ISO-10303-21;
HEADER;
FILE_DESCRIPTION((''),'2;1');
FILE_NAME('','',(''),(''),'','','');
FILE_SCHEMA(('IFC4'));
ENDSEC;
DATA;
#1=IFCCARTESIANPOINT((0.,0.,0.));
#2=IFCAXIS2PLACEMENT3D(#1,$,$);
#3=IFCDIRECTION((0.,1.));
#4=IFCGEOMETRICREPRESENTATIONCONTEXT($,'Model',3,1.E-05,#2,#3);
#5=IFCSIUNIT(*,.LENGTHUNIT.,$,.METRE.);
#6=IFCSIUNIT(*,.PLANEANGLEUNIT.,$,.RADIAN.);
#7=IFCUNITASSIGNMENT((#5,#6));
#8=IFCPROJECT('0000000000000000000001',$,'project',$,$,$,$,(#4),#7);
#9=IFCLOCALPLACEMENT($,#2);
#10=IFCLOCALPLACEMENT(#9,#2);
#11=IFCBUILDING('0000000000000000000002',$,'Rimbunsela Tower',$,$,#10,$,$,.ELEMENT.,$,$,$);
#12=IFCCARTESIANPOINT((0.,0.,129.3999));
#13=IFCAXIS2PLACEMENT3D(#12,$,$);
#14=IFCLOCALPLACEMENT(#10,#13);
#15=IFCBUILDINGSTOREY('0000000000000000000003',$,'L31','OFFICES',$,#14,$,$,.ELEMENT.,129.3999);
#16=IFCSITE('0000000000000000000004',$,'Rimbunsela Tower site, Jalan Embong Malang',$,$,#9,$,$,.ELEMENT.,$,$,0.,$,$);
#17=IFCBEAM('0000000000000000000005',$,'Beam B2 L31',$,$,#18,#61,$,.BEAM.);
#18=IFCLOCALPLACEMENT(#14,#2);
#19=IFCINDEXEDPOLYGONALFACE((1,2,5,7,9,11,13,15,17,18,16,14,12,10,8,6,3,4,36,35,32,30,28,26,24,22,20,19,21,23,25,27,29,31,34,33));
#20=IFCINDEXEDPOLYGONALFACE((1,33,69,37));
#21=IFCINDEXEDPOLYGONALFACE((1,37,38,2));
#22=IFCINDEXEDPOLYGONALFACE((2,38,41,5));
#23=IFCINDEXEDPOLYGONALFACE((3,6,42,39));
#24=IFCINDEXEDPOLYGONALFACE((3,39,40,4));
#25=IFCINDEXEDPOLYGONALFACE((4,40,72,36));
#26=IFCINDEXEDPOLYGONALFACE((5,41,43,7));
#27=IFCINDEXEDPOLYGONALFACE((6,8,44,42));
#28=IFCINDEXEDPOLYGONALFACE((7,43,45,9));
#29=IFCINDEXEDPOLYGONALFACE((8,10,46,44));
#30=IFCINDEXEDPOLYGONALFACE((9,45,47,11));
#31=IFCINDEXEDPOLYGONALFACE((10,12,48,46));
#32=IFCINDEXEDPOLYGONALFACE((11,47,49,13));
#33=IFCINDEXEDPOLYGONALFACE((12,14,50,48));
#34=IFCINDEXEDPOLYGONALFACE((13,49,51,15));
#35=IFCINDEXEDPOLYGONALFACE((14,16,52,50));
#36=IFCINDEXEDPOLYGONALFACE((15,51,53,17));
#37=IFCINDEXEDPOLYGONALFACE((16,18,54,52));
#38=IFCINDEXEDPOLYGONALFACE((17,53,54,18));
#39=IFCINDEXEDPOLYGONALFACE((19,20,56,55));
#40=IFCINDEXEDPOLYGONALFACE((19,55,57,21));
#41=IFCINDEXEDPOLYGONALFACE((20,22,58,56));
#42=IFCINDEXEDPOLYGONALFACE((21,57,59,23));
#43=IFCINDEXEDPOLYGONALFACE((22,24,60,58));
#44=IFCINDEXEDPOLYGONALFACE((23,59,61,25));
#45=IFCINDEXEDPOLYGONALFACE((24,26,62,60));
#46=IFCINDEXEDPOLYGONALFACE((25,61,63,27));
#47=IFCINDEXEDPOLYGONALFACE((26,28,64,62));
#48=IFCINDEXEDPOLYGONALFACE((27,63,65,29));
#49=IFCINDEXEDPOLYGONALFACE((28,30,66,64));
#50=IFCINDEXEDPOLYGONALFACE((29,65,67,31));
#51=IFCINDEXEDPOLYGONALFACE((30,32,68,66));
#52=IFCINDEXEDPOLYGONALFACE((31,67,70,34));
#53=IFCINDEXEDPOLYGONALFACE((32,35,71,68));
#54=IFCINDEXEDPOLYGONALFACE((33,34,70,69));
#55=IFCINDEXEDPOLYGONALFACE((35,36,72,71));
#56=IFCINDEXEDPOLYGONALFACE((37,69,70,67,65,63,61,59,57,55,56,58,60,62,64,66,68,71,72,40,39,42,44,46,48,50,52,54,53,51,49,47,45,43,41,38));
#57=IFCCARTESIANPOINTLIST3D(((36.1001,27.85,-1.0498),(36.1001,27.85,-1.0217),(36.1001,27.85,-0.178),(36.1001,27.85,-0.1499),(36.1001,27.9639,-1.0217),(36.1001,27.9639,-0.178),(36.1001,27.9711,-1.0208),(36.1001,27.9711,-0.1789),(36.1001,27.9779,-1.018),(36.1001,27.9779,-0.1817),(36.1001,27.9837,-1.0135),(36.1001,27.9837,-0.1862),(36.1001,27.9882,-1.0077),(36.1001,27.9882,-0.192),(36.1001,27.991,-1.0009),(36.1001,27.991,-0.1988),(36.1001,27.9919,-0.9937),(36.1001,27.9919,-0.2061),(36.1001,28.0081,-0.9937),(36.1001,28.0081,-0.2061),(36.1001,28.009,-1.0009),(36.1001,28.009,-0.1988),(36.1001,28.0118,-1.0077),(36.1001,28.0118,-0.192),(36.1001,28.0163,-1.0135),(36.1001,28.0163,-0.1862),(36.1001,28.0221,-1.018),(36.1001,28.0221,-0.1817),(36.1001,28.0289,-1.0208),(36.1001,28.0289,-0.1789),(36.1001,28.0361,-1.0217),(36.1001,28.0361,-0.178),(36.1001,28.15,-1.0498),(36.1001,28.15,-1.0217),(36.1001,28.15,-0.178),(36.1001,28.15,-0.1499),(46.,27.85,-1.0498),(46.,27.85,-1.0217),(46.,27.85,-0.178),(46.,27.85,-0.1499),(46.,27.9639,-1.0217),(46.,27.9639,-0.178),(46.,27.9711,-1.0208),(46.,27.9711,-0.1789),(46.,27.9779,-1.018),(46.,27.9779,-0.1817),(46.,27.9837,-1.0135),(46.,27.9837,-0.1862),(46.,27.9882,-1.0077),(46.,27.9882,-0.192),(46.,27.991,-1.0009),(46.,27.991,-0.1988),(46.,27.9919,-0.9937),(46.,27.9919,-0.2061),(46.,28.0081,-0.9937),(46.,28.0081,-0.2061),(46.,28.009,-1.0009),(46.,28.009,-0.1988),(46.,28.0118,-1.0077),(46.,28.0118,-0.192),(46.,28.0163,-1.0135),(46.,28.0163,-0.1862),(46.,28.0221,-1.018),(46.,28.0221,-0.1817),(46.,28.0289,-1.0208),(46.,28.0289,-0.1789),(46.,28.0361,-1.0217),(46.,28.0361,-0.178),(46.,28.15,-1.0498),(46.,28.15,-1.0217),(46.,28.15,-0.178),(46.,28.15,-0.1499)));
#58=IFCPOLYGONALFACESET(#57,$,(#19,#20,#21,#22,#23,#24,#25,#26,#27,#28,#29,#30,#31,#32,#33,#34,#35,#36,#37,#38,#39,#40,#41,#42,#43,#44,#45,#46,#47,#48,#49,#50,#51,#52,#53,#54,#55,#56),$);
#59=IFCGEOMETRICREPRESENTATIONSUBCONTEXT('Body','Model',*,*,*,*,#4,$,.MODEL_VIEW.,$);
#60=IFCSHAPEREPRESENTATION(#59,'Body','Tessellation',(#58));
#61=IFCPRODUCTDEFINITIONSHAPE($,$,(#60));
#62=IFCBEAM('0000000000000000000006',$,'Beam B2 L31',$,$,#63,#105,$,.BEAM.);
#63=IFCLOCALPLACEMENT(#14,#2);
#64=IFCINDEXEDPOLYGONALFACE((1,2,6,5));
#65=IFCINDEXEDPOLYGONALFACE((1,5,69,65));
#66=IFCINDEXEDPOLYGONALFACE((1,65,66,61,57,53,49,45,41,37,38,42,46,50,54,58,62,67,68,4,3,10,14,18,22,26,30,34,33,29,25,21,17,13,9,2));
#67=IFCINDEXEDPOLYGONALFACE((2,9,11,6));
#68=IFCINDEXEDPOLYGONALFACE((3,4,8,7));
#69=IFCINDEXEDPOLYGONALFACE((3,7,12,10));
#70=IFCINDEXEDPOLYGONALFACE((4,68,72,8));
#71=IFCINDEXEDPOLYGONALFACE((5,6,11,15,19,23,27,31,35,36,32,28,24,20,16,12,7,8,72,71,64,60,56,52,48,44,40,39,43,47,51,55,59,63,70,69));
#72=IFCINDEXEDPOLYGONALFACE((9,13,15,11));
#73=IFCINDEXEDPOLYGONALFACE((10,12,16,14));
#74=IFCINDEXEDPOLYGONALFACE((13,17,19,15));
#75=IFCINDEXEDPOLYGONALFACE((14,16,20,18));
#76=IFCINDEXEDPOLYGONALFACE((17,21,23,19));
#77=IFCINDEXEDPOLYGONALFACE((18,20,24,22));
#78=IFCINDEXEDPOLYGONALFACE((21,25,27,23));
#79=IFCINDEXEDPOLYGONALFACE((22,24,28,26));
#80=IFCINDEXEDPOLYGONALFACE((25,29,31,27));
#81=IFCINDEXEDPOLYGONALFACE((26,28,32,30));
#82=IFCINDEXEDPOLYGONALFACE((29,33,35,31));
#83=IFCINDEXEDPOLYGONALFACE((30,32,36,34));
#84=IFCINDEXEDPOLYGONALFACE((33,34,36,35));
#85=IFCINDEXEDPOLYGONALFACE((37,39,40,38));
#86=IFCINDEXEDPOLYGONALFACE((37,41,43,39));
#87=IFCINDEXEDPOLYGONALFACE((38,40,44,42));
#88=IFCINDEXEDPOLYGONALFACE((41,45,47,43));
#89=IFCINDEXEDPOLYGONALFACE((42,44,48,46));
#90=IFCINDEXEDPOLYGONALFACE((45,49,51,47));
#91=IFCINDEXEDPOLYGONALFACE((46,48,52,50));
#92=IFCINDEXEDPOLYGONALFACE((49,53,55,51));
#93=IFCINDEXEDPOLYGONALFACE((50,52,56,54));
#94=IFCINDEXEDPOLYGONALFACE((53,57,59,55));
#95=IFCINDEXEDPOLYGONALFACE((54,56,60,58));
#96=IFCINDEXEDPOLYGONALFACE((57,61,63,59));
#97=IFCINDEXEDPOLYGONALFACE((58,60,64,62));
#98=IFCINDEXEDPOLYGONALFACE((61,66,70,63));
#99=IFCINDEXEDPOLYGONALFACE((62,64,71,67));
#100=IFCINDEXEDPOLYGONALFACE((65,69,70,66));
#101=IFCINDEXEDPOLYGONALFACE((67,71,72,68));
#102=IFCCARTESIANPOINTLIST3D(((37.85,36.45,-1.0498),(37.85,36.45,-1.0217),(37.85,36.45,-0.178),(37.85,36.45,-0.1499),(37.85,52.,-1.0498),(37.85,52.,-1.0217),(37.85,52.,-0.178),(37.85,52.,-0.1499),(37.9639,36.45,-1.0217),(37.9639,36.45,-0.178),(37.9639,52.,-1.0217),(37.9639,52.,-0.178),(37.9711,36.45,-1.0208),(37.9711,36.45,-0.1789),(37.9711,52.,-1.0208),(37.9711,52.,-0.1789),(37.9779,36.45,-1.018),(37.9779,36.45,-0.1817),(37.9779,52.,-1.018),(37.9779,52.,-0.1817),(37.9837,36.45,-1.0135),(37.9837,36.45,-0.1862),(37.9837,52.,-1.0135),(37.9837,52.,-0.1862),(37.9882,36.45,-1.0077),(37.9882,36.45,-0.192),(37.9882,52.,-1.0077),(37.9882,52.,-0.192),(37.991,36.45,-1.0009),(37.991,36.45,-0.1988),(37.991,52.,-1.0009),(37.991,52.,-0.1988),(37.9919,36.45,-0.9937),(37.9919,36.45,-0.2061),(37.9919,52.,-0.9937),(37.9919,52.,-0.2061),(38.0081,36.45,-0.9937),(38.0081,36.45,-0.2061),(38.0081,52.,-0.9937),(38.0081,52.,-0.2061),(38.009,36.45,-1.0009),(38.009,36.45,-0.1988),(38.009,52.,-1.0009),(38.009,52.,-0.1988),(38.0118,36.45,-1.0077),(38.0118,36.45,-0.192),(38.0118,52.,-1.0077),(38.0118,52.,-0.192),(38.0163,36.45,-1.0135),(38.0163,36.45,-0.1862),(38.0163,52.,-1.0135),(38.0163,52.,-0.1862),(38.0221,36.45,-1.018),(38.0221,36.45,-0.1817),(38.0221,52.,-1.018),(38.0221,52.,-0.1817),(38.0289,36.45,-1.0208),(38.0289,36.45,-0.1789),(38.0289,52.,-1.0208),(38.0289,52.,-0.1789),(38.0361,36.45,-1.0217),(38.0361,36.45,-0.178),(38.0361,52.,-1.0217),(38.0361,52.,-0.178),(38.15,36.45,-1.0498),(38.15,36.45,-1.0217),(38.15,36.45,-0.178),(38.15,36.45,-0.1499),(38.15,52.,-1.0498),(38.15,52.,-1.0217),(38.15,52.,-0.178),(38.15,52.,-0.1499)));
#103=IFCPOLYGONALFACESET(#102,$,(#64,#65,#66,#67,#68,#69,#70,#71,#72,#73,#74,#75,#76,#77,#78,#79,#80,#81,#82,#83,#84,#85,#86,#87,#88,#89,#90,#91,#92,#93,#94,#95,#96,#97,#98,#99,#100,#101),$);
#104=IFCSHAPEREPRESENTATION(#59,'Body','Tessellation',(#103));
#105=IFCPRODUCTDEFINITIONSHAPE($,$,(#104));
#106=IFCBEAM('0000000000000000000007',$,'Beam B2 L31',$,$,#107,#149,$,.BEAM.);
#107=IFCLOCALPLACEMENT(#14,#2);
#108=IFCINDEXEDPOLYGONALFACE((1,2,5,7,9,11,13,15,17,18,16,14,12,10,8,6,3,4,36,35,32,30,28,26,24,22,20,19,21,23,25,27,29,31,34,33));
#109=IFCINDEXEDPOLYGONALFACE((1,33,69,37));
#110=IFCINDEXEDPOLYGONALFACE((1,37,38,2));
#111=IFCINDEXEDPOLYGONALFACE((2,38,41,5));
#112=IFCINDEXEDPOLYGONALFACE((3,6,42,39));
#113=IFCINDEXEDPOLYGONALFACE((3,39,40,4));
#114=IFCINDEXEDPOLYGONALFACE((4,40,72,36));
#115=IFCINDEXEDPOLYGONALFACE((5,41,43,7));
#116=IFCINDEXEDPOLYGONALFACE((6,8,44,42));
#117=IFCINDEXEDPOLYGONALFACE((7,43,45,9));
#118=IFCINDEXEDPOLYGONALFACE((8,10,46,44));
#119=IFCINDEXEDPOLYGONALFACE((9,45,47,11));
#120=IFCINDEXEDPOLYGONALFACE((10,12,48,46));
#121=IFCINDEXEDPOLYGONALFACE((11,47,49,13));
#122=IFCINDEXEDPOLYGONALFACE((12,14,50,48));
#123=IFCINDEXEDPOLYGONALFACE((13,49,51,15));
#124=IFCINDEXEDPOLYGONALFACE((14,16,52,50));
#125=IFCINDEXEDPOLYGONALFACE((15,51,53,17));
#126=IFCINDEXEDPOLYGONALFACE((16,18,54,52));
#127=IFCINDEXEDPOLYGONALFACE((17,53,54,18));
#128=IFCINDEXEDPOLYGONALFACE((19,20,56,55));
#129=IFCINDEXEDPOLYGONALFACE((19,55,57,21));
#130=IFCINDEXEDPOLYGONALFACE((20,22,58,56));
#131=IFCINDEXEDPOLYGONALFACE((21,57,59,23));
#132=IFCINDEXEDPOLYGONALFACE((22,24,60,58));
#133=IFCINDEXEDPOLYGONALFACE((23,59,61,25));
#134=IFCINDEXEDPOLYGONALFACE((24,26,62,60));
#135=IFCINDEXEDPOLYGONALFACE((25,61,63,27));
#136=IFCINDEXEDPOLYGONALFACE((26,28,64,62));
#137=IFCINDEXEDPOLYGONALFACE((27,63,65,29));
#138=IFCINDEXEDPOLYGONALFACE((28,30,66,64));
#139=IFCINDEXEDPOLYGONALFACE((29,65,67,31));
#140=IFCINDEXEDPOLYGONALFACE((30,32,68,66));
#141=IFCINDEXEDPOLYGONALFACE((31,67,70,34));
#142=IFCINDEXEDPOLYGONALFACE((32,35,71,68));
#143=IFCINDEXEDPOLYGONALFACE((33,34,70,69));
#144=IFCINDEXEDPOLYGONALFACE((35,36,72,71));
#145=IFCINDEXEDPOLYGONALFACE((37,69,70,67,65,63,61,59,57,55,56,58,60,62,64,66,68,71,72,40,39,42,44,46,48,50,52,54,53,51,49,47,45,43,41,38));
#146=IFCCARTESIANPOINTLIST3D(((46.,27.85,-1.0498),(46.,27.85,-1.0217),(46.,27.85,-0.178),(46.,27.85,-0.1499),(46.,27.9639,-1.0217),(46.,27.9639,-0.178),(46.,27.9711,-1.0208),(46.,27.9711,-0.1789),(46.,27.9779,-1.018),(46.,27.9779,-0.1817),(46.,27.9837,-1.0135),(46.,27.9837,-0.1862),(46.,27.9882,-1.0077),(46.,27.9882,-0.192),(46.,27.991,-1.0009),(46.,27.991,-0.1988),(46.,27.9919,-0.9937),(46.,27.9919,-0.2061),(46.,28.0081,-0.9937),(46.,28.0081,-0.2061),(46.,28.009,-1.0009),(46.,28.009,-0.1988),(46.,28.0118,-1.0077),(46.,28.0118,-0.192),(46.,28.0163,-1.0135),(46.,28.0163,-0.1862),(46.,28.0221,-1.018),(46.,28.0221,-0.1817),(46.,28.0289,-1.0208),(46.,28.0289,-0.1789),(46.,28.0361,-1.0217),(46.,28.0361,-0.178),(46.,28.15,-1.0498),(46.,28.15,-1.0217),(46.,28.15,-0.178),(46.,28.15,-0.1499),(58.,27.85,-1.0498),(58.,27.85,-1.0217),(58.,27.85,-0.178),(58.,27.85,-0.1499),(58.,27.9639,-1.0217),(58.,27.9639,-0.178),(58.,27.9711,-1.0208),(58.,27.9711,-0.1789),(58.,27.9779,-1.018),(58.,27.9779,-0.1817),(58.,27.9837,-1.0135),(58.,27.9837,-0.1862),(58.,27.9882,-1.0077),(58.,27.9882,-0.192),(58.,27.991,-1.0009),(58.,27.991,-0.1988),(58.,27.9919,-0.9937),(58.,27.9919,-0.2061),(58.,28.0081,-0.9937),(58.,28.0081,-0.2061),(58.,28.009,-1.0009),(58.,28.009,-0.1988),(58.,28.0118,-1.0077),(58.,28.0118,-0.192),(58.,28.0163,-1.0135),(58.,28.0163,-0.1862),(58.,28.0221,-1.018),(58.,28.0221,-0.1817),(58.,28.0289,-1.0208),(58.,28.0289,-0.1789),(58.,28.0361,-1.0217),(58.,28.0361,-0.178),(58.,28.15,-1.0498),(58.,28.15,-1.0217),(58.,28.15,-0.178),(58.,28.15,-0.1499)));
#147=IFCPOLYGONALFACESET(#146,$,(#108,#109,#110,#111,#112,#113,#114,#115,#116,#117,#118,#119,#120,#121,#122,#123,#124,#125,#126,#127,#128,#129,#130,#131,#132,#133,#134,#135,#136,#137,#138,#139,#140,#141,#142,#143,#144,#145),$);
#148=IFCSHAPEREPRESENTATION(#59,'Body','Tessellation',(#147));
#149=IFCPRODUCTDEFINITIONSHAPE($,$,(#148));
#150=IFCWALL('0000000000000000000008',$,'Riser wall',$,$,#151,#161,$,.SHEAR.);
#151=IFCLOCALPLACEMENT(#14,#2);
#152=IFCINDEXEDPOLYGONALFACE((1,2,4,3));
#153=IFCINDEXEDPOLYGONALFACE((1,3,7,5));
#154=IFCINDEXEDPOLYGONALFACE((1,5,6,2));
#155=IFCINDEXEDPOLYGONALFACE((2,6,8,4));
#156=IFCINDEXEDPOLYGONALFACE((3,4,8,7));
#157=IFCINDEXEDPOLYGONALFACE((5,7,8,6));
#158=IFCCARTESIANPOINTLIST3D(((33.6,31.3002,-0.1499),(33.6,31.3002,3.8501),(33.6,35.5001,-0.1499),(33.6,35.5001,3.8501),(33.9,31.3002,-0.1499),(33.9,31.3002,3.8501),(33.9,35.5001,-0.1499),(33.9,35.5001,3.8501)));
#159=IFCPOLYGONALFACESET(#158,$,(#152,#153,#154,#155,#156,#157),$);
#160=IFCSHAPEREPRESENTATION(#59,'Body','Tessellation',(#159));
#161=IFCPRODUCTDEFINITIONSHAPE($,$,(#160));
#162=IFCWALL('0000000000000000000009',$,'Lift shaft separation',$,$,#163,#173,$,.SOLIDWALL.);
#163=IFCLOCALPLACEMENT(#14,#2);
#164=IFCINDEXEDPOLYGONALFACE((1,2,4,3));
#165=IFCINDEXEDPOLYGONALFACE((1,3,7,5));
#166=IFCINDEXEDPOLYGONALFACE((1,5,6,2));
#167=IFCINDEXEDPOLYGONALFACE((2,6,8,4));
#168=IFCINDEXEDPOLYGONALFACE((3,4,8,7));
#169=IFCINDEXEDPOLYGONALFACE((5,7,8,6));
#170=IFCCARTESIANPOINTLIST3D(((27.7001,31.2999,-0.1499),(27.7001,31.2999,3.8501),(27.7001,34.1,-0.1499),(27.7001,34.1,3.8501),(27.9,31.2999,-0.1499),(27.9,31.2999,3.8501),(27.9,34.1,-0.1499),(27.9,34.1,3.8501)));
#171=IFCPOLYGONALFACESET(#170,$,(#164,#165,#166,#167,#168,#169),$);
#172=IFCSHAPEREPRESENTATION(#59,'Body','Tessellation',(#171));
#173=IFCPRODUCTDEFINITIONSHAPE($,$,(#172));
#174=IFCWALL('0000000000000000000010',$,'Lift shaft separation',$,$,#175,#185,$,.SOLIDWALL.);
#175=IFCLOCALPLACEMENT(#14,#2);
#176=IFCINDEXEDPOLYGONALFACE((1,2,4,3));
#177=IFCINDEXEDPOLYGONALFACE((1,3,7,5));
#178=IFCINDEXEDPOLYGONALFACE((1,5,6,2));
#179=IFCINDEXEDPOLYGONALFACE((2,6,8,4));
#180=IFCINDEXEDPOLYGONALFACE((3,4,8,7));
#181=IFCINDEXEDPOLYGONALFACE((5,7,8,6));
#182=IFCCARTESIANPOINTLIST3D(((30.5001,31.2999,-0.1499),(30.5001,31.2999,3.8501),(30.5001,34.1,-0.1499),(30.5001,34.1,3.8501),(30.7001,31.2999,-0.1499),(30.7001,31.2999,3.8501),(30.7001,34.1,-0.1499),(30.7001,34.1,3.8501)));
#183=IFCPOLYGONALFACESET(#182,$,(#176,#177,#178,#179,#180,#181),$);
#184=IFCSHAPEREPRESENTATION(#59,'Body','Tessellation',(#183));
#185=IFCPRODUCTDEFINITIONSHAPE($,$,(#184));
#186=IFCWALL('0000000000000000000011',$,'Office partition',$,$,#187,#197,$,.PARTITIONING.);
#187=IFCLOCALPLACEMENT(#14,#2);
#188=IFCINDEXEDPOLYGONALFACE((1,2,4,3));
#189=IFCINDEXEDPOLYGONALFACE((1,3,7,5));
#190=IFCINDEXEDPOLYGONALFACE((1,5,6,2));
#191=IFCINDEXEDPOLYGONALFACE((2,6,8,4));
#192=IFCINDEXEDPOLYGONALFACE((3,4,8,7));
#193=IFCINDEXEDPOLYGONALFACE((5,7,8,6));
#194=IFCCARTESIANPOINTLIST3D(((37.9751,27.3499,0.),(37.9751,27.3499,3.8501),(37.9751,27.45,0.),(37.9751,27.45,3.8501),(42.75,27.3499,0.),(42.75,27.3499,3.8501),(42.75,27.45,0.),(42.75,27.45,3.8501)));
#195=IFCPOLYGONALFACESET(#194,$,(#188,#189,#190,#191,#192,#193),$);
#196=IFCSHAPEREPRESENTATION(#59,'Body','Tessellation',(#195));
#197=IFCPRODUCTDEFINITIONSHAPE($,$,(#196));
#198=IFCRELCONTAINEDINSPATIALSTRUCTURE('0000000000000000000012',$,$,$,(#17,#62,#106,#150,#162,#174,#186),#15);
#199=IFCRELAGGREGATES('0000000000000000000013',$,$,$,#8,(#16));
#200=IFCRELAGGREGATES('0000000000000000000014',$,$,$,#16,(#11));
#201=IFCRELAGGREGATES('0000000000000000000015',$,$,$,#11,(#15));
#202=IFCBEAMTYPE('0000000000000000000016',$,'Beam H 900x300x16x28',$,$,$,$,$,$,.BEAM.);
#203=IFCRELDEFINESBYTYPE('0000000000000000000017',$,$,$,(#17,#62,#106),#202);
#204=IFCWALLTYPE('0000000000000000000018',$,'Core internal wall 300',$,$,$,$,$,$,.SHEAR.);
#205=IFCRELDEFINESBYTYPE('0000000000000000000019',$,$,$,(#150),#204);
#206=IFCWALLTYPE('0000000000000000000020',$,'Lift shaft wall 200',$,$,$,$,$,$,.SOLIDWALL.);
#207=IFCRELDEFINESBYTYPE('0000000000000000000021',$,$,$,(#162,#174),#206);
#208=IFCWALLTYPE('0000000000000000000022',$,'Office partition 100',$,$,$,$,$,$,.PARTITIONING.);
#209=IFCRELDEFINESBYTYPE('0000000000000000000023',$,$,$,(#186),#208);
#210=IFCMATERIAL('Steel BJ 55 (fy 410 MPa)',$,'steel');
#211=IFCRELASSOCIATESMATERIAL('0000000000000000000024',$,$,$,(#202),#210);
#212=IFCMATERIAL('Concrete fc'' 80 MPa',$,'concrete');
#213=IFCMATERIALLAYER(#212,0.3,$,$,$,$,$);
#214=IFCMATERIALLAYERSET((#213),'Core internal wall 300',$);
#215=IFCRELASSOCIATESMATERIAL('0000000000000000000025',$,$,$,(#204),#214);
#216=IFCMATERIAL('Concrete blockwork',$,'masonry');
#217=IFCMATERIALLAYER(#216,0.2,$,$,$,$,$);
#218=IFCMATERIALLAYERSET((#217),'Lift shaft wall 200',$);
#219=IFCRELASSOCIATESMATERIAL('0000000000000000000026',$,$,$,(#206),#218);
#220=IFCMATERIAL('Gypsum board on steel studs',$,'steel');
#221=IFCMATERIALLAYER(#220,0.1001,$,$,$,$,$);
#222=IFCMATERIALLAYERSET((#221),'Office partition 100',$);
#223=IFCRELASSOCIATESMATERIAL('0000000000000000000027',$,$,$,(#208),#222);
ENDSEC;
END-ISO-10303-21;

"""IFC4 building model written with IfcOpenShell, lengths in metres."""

from ifc_helpers import new_model, si_unit, direction, frame, frame_2d, origin, origin_2d, place, context, subcontext, project, spatial, rectangle, i_section, extrude, material, layer, layer_set, material_profile, profile_set, type_object, element, save


model = new_model("IFC4")

# Units and contexts
model_context = context("Model", 3, precision=1e-05, world=origin(), true_north=direction((0.0, 1.0)))
body_context = subcontext(model_context, "Body", "Model", "MODEL_VIEW")
ifc_project = project(units=[si_unit("LENGTHUNIT", "METRE"), si_unit("PLANEANGLEUNIT", "RADIAN")], contexts=[model_context])

# Site, building, storey
site_placement = place(None, origin())
site = spatial("IfcSite", under=ifc_project, at=site_placement, Name="Rimbunsela Tower site, Jalan Embong Malang", CompositionType="ELEMENT", RefElevation=0.0)
building_placement = place(site_placement, origin())
building = spatial("IfcBuilding", under=site, at=building_placement, Name="Rimbunsela Tower", CompositionType="ELEMENT")
storey_placement = place(building_placement, frame((0.0, 0.0, 129.3999)))
storey = spatial("IfcBuildingStorey", under=building, at=storey_placement, Name="L31", Description="OFFICES", CompositionType="ELEMENT", Elevation=129.3999)

# Beams
ifc_material_1 = material(Name="Steel BJ 55 (fy 410 MPa)", Category="steel")
ifc_material_profile_1 = material_profile(ifc_material_1, i_section(OverallWidth=0.3, OverallDepth=0.8999, WebThickness=0.0161, FlangeThickness=0.0281, FilletRadius=0.0281, at=origin_2d()), Name="H 900x300x16x28")
ifc_profile_set_1 = profile_set([ifc_material_profile_1], Name="Steel BJ 55 (fy 410 MPa)")
beam_type_1 = type_object("IfcBeamType", Name="Beam H 900x300x16x28", PredefinedType="BEAM", material=ifc_profile_set_1)
beam_1_placement = place(storey_placement, frame((36.1001, 28.0, -0.5999), z_axis=(1.0, 0.0, 0.0), x_axis=(0.0, 1.0, 0.0)))
element("IfcBeam", 1, at=beam_1_placement, inside=storey, type_object=beam_type_1, Name="Beam B2 L31", PredefinedType="BEAM", context=body_context, shape_type="SweptSolid", body=[
    extrude(i_section(OverallWidth=0.3, OverallDepth=0.8999, WebThickness=0.0161, FlangeThickness=0.0281, FilletRadius=0.0281, at=origin_2d()), origin(), (0.0, 0.0, 1.0), 9.8999),
])
beam_2_placement = place(storey_placement, frame((38.0, 36.45, -0.5999), z_axis=(0.0, 1.0, 0.0), x_axis=(-1.0, 0.0, 0.0)))
element("IfcBeam", 2, at=beam_2_placement, inside=storey, type_object=beam_type_1, Name="Beam B2 L31", PredefinedType="BEAM", context=body_context, shape_type="SweptSolid", body=[
    extrude(i_section(OverallWidth=0.3, OverallDepth=0.8999, WebThickness=0.0161, FlangeThickness=0.0281, FilletRadius=0.0281, at=origin_2d()), origin(), (0.0, 0.0, 1.0), 15.55),
])
beam_3_placement = place(storey_placement, frame((46.0, 28.0, -0.5999), z_axis=(1.0, 0.0, 0.0), x_axis=(0.0, 1.0, 0.0)))
element("IfcBeam", 3, at=beam_3_placement, inside=storey, type_object=beam_type_1, Name="Beam B2 L31", PredefinedType="BEAM", context=body_context, shape_type="SweptSolid", body=[
    extrude(i_section(OverallWidth=0.3, OverallDepth=0.8999, WebThickness=0.0161, FlangeThickness=0.0281, FilletRadius=0.0281, at=origin_2d()), origin(), (0.0, 0.0, 1.0), 12.0),
])

# Walls
ifc_material_2 = material(Name="Concrete fc' 80 MPa", Category="concrete")
ifc_layer_1 = layer(ifc_material_2, 0.3)
ifc_layer_set_1 = layer_set([ifc_layer_1], Name="Core internal wall 300")
wall_type_1 = type_object("IfcWallType", Name="Core internal wall 300", PredefinedType="SHEAR", material=ifc_layer_set_1)
wall_1_placement = place(storey_placement, frame((33.75, 31.3, -0.1499), z_axis=(0.0, 0.0, 1.0), x_axis=(0.0, 1.0, 0.0)))
element("IfcWall", 4, at=wall_1_placement, inside=storey, type_object=wall_type_1, Name="Riser wall", PredefinedType="SHEAR", context=body_context, shape_type="SweptSolid", body=[
    extrude(rectangle(XDim=4.2, YDim=0.3, at=frame_2d((2.1001, 0.0))), origin(), (0.0, 0.0, 1.0), 4.0),
])
ifc_material_3 = material(Name="Concrete blockwork", Category="masonry")
ifc_layer_2 = layer(ifc_material_3, 0.2)
ifc_layer_set_2 = layer_set([ifc_layer_2], Name="Lift shaft wall 200")
wall_type_2 = type_object("IfcWallType", Name="Lift shaft wall 200", PredefinedType="SOLIDWALL", material=ifc_layer_set_2)
for number, where, z_axis, x_axis, name in (
    (5, (27.8, 31.3, -0.1499), (0.0, 0.0, 1.0), (0.0, 1.0, 0.0), "Lift shaft separation"),
    (6, (30.6001, 31.3, -0.1499), (0.0, 0.0, 1.0), (0.0, 1.0, 0.0), "Lift shaft separation"),
):
    element("IfcWall", number, at=place(storey_placement, frame(where, z_axis=z_axis, x_axis=x_axis)), inside=storey, type_object=wall_type_2, Name=name, PredefinedType="SOLIDWALL", context=body_context, shape_type="SweptSolid", body=[
        extrude(rectangle(XDim=2.8, YDim=0.2, at=frame_2d((1.3999, 0.0))), origin(), (0.0, 0.0, 1.0), 4.0),
    ])
ifc_material_4 = material(Name="Gypsum board on steel studs", Category="steel")
ifc_layer_3 = layer(ifc_material_4, 0.1001)
ifc_layer_set_3 = layer_set([ifc_layer_3], Name="Office partition 100")
wall_type_3 = type_object("IfcWallType", Name="Office partition 100", PredefinedType="PARTITIONING", material=ifc_layer_set_3)
for number, where, z_axis, x_axis, name in (
    (7, (37.9751, 27.3999, 0.0), (0.0, 0.0, 1.0), (1.0, 0.0, 0.0), "Office partition"),
):
    element("IfcWall", number, at=place(storey_placement, frame(where, z_axis=z_axis, x_axis=x_axis)), inside=storey, type_object=wall_type_3, Name=name, PredefinedType="PARTITIONING", context=body_context, shape_type="SweptSolid", body=[
        extrude(rectangle(XDim=4.7749, YDim=0.1001, at=frame_2d((2.3875, 0.0))), origin(), (0.0, 0.0, 1.0), 3.8501),
    ])

save(model, "model.ifc")
